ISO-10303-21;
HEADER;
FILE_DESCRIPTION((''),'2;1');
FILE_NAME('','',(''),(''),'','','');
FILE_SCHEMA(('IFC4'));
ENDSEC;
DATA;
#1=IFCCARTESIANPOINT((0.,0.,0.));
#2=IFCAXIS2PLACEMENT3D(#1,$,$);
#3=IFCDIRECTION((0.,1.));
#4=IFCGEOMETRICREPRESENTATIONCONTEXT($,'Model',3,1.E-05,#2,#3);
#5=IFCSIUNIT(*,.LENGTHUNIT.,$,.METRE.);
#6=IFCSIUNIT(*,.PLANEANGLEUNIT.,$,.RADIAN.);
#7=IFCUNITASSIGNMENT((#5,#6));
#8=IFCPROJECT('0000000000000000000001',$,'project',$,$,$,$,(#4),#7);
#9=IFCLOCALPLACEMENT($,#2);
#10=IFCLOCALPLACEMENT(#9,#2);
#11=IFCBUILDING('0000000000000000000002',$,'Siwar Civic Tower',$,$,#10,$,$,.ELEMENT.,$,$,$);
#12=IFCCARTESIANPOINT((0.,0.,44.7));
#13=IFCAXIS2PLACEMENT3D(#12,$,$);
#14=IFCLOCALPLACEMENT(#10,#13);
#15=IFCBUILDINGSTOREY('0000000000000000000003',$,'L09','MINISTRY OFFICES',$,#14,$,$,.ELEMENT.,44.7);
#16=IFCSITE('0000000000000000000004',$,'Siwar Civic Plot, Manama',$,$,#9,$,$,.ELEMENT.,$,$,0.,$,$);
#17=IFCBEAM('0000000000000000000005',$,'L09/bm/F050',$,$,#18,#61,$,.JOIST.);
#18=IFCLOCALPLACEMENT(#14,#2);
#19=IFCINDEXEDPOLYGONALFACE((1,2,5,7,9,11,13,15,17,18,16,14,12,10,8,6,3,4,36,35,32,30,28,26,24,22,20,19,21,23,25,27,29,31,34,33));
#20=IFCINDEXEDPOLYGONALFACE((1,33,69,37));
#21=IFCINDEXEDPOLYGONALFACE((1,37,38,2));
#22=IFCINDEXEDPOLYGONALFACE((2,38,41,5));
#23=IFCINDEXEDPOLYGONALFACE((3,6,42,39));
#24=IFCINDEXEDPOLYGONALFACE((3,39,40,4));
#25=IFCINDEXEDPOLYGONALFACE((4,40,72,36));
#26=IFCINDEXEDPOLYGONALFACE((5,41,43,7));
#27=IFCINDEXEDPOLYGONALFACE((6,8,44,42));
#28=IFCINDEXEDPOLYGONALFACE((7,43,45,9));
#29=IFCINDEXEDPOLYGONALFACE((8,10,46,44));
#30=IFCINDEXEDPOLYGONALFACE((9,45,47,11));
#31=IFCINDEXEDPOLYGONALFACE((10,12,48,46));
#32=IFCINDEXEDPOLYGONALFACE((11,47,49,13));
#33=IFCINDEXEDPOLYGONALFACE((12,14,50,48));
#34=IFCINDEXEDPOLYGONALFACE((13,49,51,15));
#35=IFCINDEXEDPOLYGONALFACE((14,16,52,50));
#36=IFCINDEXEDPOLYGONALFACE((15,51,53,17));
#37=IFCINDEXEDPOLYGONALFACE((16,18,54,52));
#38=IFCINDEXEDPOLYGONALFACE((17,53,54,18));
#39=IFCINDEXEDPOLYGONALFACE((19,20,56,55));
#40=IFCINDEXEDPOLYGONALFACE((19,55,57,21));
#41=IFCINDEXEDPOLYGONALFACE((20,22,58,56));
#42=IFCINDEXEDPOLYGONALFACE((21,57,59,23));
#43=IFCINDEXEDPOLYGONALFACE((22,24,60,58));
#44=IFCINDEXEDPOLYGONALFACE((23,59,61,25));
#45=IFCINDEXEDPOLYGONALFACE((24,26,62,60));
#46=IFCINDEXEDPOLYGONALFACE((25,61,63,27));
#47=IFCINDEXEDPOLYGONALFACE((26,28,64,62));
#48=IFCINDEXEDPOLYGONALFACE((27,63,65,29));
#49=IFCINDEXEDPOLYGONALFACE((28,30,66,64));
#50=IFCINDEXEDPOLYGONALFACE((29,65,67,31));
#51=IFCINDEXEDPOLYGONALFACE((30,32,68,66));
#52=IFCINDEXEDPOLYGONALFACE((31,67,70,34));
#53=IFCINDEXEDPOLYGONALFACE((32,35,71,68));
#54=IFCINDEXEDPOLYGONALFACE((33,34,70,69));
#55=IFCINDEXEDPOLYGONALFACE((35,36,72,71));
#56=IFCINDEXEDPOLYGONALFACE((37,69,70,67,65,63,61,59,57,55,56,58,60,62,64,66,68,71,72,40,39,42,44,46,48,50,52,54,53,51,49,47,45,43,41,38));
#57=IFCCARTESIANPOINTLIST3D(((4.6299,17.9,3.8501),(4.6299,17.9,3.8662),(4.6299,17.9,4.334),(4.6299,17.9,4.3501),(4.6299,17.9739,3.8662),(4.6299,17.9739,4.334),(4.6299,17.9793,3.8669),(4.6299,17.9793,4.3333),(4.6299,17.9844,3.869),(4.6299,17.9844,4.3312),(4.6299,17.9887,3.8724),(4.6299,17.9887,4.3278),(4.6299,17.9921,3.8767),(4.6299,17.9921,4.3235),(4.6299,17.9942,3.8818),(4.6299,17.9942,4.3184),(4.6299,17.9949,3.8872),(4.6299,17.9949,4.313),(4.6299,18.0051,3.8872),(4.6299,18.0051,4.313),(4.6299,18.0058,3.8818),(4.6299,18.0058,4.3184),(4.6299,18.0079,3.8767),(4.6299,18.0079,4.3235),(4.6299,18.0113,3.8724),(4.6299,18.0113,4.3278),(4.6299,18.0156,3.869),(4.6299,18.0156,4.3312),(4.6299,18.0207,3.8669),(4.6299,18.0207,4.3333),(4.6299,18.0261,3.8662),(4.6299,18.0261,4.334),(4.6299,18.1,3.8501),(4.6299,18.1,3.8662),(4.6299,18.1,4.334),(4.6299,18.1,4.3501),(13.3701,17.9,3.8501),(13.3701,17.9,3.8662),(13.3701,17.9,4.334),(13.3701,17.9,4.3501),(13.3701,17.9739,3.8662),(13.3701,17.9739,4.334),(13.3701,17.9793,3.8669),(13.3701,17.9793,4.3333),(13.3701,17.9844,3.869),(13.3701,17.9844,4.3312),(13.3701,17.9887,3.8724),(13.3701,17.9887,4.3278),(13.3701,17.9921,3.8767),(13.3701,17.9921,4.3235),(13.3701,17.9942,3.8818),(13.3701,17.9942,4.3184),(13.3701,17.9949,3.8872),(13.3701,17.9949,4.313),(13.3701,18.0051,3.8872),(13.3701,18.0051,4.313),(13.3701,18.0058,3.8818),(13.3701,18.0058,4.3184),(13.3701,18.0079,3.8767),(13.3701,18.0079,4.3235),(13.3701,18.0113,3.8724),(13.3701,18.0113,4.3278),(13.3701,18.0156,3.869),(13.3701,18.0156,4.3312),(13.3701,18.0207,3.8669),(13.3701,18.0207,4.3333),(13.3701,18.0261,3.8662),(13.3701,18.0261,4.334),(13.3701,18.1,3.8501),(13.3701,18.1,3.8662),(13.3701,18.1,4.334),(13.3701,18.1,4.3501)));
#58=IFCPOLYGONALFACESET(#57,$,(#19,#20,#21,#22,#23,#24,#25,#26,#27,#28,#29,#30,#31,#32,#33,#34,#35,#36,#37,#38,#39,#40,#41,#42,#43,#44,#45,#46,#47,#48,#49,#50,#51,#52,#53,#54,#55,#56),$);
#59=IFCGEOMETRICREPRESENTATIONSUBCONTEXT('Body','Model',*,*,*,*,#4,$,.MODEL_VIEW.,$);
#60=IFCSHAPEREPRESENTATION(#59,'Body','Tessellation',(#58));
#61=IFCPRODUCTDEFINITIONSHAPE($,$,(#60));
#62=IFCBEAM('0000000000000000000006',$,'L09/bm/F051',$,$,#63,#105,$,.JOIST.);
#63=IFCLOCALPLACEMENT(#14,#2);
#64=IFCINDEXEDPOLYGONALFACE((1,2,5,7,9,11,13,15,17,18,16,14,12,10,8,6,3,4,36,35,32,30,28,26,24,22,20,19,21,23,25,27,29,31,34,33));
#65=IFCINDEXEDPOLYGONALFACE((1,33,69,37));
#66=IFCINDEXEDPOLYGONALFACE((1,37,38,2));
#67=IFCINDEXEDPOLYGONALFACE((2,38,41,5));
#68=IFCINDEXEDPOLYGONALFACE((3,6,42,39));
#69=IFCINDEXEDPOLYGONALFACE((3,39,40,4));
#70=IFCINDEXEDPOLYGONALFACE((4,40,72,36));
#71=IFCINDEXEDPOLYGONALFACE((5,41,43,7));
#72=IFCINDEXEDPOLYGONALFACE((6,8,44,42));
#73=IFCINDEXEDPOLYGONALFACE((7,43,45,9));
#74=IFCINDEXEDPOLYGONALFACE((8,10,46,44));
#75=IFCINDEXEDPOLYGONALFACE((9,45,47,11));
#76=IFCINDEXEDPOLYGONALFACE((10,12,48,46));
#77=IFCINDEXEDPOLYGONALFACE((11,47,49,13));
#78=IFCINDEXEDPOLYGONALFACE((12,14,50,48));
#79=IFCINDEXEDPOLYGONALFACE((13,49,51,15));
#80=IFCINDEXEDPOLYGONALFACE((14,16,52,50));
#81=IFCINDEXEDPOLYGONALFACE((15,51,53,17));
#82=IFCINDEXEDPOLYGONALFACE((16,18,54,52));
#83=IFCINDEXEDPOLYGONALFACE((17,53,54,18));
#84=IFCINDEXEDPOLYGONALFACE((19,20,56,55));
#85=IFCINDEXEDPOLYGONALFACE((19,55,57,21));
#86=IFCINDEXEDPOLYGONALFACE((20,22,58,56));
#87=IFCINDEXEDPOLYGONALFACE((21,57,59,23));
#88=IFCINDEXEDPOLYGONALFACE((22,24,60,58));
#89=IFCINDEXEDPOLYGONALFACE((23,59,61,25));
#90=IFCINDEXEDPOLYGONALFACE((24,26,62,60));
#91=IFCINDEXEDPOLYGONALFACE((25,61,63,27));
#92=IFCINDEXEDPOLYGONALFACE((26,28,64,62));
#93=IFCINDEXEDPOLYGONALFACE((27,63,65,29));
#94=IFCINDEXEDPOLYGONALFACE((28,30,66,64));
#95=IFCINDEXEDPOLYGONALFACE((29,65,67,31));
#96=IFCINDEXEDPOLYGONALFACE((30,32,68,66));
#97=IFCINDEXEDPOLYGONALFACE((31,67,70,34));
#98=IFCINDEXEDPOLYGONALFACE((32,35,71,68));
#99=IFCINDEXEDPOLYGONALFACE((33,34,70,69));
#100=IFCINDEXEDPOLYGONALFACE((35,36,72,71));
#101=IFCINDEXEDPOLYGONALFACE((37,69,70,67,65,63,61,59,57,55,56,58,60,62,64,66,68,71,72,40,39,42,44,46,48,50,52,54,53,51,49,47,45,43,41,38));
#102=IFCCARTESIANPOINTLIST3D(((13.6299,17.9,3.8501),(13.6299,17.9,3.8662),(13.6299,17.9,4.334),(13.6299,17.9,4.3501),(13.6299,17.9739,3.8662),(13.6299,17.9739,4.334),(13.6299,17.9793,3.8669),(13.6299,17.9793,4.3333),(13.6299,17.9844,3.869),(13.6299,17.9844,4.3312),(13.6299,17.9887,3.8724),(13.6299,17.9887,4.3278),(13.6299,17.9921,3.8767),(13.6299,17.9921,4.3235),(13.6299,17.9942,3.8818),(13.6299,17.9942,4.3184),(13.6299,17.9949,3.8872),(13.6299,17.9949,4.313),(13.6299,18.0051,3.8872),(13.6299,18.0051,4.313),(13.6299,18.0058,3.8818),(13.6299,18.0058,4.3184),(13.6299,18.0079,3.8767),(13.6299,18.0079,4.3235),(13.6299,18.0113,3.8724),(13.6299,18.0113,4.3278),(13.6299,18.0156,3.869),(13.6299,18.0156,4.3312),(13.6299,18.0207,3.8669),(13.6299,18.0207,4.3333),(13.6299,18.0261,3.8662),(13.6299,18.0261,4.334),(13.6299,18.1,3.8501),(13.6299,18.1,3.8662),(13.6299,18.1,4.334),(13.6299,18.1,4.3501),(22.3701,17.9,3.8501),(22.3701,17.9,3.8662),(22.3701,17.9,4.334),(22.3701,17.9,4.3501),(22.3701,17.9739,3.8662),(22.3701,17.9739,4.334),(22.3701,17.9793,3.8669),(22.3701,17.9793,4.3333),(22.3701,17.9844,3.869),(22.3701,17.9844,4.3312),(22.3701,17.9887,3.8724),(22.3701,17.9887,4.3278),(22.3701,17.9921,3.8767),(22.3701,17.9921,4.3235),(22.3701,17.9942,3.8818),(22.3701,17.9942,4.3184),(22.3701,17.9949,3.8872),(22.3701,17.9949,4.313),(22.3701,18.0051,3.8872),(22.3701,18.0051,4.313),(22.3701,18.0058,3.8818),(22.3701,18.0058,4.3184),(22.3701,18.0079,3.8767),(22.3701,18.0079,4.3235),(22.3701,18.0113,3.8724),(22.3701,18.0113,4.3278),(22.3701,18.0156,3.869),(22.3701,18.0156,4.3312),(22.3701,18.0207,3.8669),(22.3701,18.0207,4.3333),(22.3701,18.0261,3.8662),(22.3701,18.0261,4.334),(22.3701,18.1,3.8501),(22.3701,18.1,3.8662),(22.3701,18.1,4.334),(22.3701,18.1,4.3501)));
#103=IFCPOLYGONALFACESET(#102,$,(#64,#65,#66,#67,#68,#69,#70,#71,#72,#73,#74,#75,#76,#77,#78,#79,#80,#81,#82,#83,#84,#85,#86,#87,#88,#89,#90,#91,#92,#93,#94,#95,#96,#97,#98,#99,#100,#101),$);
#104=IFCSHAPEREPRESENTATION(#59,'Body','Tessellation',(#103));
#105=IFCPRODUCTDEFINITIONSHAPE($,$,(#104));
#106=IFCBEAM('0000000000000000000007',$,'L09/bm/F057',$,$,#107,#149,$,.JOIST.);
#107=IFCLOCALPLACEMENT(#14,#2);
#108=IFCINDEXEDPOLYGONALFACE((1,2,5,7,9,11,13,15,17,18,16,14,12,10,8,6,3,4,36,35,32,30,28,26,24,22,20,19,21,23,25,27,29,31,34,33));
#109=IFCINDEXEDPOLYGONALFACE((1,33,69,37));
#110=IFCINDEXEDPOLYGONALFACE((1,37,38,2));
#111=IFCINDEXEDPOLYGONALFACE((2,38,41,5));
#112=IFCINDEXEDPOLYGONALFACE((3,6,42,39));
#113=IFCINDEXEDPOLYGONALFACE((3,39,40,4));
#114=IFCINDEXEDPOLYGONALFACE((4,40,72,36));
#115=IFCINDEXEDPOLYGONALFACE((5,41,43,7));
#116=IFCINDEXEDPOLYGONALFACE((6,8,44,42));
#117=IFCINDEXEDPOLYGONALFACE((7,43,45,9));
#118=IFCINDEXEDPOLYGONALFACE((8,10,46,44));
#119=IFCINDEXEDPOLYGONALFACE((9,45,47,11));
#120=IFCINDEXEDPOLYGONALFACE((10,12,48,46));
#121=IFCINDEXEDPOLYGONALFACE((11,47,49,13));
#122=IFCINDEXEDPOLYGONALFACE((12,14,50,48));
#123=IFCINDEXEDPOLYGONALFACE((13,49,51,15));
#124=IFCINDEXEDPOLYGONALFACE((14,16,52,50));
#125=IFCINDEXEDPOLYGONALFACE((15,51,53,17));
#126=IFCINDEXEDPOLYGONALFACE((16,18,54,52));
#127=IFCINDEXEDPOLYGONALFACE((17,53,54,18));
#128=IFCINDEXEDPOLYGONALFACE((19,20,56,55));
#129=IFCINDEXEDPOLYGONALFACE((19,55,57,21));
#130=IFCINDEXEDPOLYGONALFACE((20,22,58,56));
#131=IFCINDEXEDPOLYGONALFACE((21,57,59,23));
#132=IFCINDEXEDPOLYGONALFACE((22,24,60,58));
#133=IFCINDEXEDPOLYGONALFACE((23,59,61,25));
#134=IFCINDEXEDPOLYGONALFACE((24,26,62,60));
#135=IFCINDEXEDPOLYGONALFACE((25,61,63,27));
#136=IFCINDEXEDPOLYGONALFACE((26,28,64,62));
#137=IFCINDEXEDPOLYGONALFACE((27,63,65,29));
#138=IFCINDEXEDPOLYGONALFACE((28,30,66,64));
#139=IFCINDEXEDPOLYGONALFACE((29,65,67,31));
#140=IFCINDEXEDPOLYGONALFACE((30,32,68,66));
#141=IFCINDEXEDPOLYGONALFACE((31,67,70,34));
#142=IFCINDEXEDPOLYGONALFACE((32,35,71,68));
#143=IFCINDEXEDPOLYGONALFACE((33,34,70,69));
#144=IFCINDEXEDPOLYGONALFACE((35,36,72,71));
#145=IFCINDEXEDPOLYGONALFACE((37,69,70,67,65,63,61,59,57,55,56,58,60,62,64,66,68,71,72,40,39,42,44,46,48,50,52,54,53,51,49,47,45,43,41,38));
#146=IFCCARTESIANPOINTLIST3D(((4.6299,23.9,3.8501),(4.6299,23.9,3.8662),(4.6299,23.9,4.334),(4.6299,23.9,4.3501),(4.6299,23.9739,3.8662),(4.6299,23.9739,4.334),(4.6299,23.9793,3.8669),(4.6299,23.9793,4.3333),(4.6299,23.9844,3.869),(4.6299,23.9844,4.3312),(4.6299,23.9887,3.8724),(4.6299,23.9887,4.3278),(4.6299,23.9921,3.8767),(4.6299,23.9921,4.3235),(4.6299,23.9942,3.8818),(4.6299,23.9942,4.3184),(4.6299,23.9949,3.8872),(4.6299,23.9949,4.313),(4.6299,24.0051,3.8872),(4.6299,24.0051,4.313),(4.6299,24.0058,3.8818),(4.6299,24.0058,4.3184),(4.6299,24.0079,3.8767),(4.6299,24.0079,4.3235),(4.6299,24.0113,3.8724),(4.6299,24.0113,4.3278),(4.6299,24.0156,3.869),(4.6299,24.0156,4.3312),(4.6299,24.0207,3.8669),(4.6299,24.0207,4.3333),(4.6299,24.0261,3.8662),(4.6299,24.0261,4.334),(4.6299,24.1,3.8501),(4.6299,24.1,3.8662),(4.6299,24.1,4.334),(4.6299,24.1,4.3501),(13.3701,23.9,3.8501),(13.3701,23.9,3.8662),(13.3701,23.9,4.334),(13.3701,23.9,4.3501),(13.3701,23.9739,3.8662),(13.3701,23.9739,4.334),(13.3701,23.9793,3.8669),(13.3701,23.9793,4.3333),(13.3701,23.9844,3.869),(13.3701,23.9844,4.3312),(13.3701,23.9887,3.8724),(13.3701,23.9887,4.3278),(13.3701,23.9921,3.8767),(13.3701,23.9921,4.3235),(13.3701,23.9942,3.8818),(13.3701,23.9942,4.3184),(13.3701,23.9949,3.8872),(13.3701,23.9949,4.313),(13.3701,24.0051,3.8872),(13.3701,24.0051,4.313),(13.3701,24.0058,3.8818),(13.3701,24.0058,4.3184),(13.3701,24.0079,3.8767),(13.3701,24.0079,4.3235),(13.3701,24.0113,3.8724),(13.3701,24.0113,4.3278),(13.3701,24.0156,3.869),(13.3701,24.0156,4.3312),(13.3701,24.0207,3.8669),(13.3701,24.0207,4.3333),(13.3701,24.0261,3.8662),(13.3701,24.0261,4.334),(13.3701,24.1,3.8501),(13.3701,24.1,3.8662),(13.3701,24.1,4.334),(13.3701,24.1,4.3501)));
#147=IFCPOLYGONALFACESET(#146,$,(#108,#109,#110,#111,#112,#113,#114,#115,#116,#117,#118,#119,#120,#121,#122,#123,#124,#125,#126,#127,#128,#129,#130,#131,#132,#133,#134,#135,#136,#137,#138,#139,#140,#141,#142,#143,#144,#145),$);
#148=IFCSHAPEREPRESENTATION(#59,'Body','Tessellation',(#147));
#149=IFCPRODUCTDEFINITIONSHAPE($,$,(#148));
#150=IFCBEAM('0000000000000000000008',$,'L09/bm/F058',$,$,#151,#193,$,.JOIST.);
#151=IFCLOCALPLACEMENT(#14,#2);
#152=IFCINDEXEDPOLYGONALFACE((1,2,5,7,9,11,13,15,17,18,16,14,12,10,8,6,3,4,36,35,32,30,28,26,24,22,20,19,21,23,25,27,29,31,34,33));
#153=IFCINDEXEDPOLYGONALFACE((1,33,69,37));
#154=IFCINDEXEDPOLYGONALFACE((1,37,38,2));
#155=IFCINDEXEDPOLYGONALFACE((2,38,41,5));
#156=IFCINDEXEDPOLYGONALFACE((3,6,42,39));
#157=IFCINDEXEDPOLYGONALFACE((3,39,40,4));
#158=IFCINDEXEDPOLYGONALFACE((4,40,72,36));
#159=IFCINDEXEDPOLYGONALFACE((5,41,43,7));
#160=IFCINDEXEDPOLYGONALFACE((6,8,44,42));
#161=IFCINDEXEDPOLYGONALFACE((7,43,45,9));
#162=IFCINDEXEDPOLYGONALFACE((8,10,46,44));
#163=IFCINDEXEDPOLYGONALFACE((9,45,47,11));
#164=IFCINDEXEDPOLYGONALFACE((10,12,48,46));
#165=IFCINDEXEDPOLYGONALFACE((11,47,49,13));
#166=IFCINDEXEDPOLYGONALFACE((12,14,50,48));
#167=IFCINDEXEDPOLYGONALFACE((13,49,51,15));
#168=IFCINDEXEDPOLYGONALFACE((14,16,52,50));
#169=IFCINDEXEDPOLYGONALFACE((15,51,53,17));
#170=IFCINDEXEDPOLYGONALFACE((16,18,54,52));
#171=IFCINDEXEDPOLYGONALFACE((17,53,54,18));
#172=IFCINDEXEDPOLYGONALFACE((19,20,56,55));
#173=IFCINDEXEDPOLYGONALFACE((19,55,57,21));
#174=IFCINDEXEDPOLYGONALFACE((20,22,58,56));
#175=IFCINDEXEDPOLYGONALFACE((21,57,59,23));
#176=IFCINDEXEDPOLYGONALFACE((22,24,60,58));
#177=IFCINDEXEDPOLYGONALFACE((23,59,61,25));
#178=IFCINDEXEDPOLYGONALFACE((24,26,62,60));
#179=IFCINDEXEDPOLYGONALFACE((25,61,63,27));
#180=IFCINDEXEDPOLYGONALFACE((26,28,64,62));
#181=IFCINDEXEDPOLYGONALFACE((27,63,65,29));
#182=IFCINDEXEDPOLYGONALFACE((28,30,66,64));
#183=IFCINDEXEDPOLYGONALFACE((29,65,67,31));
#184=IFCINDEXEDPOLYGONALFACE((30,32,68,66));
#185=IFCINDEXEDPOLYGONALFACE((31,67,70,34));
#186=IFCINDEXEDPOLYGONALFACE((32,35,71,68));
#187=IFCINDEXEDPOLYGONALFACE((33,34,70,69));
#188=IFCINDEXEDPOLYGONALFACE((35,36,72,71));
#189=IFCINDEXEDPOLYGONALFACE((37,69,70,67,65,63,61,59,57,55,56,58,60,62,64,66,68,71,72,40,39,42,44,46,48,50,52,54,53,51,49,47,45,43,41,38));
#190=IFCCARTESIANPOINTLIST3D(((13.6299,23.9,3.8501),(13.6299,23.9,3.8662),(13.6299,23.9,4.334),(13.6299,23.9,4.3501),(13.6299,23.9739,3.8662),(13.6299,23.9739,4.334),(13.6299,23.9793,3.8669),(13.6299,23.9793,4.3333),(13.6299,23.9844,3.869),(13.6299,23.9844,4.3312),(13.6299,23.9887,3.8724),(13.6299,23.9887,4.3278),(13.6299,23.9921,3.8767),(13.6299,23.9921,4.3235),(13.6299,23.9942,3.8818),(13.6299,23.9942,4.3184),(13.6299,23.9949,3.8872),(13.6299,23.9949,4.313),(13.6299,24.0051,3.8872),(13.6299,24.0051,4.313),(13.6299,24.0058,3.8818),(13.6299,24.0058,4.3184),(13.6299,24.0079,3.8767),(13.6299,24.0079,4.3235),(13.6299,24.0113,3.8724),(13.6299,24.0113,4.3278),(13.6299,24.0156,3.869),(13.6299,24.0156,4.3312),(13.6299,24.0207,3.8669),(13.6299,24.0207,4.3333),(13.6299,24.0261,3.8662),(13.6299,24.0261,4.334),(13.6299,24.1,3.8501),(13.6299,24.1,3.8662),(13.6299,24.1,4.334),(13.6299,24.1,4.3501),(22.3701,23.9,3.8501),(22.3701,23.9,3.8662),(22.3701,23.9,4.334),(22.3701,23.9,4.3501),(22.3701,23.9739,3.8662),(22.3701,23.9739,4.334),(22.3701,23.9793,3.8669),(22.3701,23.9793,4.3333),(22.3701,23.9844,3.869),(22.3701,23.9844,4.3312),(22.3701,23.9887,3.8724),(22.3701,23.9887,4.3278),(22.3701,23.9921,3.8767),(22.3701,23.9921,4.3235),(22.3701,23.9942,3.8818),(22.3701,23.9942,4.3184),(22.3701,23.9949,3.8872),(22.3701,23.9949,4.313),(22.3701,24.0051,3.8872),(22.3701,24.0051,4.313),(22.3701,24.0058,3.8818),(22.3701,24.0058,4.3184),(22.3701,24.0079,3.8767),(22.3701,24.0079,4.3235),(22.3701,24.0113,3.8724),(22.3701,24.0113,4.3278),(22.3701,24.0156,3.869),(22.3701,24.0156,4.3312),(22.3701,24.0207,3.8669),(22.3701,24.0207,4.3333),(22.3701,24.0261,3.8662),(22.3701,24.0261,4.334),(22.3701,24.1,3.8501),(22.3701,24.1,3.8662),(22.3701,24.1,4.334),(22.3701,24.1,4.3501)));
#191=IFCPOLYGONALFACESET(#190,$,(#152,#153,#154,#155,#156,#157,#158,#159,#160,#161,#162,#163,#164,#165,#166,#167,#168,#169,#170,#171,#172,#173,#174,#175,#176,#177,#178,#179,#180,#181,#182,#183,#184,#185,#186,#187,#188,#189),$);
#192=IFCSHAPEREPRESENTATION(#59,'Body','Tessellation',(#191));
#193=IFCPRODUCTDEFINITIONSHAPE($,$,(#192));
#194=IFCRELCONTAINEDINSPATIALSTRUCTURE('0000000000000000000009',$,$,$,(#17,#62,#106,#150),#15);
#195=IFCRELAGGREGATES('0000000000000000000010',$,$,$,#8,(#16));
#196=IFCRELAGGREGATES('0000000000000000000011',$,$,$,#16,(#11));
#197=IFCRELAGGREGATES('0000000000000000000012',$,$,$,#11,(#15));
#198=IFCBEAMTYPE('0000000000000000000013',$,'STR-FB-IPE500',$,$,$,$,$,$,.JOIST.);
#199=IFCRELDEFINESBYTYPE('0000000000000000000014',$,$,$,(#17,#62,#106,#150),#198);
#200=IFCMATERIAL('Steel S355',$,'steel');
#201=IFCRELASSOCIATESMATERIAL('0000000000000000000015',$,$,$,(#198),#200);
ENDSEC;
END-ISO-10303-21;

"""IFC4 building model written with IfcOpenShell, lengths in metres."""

from ifc_helpers import new_model, si_unit, direction, frame, origin, origin_2d, place, context, subcontext, project, spatial, i_section, extrude, material, material_profile, profile_set, type_object, element, save


model = new_model("IFC4")

# Units and contexts
model_context = context("Model", 3, precision=1e-05, world=origin(), true_north=direction((0.0, 1.0)))
body_context = subcontext(model_context, "Body", "Model", "MODEL_VIEW")
ifc_project = project(units=[si_unit("LENGTHUNIT", "METRE"), si_unit("PLANEANGLEUNIT", "RADIAN")], contexts=[model_context])

# Site, building, storey
site_placement = place(None, origin())
site = spatial("IfcSite", under=ifc_project, at=site_placement, Name="Siwar Civic Plot, Manama", CompositionType="ELEMENT", RefElevation=0.0)
building_placement = place(site_placement, origin())
building = spatial("IfcBuilding", under=site, at=building_placement, Name="Siwar Civic Tower", CompositionType="ELEMENT")
storey_placement = place(building_placement, frame((0.0, 0.0, 44.7)))
storey = spatial("IfcBuildingStorey", under=building, at=storey_placement, Name="L09", Description="MINISTRY OFFICES", CompositionType="ELEMENT", Elevation=44.7)

# Beams
ifc_material_1 = material(Name="Steel S355", Category="steel")
ifc_material_profile_1 = material_profile(ifc_material_1, i_section(OverallWidth=0.2, OverallDepth=0.5, WebThickness=0.0103, FlangeThickness=0.0161, FilletRadius=0.021, at=origin_2d()), Name="IPE500")
ifc_profile_set_1 = profile_set([ifc_material_profile_1], Name="Steel S355")
beam_type_1 = type_object("IfcBeamType", Name="STR-FB-IPE500", PredefinedType="JOIST", material=ifc_profile_set_1)
for number, where, z_axis, x_axis, name in (
    (1, (4.6299, 18.0, 4.1001), (1.0, 0.0, 0.0), (0.0, 1.0, 0.0), "L09/bm/F050"),
    (2, (13.6299, 18.0, 4.1001), (1.0, 0.0, 0.0), (0.0, 1.0, 0.0), "L09/bm/F051"),
    (3, (4.6299, 24.0, 4.1001), (1.0, 0.0, 0.0), (0.0, 1.0, 0.0), "L09/bm/F057"),
    (4, (13.6299, 24.0, 4.1001), (1.0, 0.0, 0.0), (0.0, 1.0, 0.0), "L09/bm/F058"),
):
    element("IfcBeam", number, at=place(storey_placement, frame(where, z_axis=z_axis, x_axis=x_axis)), inside=storey, type_object=beam_type_1, Name=name, PredefinedType="JOIST", context=body_context, shape_type="SweptSolid", body=[
        extrude(i_section(OverallWidth=0.2, OverallDepth=0.5, WebThickness=0.0103, FlangeThickness=0.0161, FilletRadius=0.021, at=origin_2d()), origin(), (0.0, 0.0, 1.0), 8.7402),
    ])

save(model, "model.ifc")
